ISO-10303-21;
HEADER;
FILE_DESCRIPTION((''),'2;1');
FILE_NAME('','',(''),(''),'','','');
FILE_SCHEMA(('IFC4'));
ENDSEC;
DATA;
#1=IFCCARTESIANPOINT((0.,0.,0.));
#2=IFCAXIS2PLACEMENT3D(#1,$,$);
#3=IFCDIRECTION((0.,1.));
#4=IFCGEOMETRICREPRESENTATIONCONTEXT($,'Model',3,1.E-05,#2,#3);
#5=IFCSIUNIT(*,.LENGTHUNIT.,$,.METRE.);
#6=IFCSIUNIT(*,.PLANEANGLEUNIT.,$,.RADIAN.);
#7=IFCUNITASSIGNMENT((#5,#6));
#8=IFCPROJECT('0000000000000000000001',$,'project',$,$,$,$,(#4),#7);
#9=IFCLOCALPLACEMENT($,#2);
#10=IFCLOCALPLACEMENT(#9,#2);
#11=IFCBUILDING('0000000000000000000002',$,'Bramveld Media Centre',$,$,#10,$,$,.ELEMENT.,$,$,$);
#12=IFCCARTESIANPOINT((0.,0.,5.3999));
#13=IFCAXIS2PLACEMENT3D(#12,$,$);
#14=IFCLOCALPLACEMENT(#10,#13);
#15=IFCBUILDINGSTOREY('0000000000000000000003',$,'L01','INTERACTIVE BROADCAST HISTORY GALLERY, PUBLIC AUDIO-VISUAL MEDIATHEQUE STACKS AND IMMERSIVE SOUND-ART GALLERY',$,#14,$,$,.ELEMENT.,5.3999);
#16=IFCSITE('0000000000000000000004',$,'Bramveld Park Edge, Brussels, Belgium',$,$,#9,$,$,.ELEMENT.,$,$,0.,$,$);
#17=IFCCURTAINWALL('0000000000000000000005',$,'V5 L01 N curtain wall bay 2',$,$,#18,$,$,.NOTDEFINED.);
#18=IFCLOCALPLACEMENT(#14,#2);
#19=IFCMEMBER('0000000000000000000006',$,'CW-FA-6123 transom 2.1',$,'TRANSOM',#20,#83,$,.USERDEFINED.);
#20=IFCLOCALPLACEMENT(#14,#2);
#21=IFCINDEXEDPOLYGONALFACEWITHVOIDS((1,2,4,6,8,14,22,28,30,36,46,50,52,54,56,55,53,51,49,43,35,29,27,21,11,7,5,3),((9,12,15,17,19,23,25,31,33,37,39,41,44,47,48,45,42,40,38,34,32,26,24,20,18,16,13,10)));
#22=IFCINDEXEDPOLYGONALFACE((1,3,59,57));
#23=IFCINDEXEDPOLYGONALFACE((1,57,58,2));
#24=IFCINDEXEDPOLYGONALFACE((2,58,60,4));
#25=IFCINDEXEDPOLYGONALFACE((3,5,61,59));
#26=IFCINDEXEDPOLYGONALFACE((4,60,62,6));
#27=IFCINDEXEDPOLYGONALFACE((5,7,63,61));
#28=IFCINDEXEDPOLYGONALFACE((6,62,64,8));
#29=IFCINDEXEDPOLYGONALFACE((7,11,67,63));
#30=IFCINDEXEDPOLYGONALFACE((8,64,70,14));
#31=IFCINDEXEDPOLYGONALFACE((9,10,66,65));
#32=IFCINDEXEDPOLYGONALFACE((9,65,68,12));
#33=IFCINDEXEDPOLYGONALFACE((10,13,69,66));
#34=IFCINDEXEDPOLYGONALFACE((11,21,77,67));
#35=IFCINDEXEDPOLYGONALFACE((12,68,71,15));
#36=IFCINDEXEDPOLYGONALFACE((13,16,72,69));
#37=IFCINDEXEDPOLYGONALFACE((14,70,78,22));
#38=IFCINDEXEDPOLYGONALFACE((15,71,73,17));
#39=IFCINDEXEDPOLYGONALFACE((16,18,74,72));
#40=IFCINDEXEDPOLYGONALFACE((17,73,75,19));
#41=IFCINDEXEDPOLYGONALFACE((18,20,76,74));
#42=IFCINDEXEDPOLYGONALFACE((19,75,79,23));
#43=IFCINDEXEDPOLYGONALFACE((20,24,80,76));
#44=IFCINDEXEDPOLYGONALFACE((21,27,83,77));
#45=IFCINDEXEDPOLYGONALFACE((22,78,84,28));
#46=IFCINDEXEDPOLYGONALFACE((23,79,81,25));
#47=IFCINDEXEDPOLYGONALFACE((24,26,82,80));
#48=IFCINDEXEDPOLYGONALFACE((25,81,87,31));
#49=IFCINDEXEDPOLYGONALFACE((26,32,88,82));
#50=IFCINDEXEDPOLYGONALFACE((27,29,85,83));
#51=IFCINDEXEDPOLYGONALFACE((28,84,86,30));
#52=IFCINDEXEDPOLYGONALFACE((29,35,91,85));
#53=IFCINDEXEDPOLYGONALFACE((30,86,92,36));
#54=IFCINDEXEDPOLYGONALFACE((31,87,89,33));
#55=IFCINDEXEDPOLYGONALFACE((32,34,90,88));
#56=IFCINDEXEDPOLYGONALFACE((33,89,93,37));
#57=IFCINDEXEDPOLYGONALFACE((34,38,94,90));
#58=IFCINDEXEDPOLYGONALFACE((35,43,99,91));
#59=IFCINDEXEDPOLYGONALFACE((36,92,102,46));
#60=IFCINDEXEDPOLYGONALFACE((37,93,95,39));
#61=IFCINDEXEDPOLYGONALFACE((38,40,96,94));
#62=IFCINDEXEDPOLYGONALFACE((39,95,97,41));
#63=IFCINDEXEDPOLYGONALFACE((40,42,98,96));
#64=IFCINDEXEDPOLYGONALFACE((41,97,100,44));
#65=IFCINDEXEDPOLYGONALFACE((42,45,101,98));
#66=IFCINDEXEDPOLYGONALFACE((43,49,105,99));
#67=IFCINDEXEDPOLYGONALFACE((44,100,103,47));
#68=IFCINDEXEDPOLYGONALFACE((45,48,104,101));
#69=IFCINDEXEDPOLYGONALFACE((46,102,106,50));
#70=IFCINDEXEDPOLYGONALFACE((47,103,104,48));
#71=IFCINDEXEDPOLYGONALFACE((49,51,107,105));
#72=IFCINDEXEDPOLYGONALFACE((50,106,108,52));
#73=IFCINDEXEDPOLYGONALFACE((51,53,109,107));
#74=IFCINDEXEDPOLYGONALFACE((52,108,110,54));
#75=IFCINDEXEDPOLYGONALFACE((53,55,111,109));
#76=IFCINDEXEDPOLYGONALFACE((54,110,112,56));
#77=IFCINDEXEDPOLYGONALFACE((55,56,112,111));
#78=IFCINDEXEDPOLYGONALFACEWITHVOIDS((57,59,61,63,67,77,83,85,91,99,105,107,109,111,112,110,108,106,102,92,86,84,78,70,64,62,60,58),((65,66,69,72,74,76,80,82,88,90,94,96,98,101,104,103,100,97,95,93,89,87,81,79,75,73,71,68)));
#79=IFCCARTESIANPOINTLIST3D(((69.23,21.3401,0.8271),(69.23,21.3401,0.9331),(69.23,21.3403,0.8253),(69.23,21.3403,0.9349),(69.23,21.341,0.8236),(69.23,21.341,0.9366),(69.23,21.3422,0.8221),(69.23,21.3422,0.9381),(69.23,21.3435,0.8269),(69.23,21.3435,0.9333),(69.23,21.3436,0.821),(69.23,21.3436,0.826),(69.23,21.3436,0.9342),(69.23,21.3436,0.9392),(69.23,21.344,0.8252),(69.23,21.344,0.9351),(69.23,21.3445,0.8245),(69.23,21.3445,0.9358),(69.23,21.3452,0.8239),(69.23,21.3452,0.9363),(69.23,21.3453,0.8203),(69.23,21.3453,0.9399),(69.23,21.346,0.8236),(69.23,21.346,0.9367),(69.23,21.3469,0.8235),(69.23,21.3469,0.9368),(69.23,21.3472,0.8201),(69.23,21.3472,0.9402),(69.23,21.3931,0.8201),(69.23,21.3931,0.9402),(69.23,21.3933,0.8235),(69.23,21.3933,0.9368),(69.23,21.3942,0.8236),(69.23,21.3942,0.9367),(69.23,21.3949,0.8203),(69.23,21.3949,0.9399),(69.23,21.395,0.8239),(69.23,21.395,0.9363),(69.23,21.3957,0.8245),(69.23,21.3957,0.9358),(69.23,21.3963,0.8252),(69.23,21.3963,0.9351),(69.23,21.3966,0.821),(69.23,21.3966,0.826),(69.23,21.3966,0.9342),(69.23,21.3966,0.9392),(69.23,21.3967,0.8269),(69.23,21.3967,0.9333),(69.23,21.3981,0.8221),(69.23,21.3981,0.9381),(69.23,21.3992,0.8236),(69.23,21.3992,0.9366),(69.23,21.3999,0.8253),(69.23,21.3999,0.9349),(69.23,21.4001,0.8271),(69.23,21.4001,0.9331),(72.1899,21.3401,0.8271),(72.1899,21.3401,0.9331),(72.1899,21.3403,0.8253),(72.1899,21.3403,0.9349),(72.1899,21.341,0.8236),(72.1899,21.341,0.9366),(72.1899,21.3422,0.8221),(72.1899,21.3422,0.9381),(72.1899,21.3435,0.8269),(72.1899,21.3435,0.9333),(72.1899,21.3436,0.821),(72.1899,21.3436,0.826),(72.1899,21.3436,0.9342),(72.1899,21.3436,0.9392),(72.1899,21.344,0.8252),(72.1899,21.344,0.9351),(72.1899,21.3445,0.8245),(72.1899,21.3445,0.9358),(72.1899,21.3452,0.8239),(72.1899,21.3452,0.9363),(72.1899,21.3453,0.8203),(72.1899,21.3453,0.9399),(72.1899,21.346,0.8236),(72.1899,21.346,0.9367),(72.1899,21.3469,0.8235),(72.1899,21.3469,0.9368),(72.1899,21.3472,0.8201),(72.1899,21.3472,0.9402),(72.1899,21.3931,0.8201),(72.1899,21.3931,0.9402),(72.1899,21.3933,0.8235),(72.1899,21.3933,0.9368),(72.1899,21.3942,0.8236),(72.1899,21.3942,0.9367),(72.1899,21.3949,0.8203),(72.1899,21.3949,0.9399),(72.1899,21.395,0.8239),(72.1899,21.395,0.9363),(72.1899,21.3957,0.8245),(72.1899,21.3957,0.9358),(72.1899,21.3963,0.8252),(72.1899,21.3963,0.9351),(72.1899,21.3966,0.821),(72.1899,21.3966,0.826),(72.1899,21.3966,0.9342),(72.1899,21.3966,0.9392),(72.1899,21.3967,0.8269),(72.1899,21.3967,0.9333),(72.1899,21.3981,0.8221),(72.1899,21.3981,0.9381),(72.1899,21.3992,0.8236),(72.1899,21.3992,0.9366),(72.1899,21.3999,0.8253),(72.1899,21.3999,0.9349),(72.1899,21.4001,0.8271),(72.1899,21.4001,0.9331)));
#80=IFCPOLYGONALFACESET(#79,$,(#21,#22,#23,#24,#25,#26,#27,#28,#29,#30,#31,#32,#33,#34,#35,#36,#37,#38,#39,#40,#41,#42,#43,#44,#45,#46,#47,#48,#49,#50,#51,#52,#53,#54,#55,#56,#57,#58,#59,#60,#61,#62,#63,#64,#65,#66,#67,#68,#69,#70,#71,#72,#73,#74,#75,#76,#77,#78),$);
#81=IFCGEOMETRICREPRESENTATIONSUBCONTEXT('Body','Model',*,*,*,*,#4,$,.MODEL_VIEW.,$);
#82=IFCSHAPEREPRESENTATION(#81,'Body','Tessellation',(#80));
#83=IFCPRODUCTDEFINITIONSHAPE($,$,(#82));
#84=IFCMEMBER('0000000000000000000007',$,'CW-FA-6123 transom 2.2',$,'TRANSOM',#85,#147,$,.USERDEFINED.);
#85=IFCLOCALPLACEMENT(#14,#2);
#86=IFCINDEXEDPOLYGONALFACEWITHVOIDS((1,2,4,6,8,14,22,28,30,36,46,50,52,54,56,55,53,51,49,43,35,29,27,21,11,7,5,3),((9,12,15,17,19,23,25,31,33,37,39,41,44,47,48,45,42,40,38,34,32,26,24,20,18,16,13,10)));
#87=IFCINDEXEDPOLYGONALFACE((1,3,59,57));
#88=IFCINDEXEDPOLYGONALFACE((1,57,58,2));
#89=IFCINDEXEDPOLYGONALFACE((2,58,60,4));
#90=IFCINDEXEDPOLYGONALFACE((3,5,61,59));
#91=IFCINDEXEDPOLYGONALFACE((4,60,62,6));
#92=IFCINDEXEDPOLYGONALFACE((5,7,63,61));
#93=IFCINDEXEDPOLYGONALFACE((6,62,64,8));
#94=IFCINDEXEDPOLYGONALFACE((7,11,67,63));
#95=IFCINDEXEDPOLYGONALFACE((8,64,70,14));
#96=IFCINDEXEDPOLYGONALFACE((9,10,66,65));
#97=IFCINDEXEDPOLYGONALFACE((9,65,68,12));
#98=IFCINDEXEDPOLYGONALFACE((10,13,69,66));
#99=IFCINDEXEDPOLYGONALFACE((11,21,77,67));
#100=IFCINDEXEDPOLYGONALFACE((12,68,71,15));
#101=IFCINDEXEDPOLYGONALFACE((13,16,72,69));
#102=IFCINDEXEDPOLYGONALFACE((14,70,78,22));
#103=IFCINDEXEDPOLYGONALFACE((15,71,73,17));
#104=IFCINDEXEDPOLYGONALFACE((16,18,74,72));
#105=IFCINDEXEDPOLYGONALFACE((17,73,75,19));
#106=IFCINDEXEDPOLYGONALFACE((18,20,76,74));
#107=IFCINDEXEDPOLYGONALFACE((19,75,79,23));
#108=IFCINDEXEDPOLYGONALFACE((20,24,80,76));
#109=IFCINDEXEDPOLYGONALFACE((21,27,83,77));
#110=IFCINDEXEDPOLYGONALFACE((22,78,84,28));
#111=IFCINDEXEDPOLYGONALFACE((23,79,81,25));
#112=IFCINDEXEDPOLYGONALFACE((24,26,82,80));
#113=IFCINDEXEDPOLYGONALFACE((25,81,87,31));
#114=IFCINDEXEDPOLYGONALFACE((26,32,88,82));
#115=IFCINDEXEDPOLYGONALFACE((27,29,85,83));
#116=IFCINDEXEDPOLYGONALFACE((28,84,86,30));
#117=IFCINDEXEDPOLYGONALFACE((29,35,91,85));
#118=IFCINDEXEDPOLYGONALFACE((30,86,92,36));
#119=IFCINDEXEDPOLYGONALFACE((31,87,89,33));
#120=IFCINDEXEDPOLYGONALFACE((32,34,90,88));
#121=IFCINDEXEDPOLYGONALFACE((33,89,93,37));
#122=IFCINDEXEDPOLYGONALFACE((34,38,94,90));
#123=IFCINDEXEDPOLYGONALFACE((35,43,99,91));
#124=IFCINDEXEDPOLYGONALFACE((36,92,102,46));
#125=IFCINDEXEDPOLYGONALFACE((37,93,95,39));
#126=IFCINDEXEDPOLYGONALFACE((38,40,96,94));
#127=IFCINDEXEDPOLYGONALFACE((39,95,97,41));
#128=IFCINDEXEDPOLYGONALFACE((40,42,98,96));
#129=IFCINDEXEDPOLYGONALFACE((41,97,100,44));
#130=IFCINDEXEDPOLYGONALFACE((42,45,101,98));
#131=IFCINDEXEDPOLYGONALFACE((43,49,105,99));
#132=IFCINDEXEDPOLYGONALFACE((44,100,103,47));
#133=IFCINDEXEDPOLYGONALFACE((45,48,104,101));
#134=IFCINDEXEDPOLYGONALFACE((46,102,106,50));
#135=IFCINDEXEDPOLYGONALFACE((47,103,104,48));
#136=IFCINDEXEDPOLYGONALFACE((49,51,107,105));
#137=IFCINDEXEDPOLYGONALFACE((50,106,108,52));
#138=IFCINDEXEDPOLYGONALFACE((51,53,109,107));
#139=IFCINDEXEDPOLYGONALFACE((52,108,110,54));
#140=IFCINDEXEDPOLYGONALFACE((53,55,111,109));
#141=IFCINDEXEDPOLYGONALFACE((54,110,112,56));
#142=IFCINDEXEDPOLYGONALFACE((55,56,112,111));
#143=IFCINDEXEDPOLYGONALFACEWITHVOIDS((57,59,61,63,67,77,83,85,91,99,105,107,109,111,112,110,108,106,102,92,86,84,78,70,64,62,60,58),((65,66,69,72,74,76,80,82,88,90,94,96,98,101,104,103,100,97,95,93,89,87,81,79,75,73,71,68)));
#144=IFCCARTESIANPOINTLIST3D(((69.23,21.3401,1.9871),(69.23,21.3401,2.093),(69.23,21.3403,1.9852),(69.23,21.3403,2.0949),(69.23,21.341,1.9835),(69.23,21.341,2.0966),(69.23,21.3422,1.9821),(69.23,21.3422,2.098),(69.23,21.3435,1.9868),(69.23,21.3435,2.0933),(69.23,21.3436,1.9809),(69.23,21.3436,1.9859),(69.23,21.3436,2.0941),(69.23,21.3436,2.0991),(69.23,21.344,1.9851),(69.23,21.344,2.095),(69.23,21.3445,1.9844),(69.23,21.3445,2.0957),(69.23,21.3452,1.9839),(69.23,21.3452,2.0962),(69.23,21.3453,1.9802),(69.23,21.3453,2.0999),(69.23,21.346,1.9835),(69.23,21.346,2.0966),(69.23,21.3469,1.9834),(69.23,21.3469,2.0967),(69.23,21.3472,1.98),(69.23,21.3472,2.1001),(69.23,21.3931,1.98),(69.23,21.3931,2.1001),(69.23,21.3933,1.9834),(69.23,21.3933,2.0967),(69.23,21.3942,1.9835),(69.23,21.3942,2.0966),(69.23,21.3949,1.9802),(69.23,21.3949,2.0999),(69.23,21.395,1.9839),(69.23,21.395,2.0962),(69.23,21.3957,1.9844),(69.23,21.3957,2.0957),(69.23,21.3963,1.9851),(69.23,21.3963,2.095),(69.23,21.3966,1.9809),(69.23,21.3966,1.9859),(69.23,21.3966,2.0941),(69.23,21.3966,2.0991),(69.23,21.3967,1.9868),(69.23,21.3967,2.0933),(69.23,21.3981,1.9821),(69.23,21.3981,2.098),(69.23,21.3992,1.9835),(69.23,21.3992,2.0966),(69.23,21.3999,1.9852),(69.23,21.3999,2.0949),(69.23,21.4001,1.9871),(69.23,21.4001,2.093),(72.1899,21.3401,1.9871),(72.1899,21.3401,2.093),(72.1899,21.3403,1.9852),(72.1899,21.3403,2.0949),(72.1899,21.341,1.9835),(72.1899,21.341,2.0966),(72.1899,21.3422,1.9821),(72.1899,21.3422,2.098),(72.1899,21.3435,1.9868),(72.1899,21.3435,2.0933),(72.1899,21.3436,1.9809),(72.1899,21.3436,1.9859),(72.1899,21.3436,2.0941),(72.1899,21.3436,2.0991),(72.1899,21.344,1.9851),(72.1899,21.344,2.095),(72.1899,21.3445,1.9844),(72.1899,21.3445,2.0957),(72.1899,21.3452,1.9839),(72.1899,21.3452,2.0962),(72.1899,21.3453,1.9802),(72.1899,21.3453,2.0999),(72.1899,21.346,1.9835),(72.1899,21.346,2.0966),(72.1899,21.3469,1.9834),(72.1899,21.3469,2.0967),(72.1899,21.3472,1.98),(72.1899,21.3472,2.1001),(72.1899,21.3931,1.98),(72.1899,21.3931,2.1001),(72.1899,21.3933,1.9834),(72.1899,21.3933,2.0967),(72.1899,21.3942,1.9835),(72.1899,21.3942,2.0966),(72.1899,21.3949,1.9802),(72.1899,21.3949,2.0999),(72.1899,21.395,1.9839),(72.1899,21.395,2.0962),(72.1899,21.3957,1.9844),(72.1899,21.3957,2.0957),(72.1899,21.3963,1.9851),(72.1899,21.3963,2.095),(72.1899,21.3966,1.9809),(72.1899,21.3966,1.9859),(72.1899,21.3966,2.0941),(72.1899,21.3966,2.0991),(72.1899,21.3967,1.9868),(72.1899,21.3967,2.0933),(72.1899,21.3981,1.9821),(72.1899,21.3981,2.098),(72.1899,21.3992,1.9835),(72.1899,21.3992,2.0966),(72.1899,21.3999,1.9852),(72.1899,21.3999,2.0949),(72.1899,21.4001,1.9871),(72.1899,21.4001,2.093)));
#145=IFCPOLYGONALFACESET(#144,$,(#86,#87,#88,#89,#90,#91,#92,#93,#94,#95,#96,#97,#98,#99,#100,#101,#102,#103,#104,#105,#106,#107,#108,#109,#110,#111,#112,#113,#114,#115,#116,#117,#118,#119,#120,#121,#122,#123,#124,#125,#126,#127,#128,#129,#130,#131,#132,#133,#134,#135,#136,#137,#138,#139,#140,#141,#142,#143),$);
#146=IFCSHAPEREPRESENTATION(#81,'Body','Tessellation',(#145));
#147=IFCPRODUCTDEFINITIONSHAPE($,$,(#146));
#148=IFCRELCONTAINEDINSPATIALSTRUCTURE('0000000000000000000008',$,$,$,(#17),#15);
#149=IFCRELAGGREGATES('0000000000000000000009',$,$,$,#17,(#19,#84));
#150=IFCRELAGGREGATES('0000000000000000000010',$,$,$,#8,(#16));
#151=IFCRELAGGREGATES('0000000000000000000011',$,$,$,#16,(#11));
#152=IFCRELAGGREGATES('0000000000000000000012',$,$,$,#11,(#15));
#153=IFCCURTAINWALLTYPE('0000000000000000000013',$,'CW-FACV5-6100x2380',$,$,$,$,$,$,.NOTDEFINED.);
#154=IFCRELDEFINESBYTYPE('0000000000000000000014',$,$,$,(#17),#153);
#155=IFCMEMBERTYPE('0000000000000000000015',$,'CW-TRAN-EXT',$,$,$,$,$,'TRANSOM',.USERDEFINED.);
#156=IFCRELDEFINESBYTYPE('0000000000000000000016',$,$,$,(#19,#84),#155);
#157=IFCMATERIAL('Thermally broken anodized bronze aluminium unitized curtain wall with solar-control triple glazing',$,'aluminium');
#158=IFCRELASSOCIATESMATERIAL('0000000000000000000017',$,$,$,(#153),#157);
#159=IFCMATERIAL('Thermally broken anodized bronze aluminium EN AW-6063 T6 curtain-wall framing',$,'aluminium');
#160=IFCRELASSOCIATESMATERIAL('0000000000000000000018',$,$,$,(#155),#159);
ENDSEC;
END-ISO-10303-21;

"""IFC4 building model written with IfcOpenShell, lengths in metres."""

from ifc_helpers import new_model, si_unit, direction, frame, origin, origin_2d, place, context, subcontext, project, spatial, hollow_rectangle, extrude, material, material_profile, profile_set, type_object, element, aggregate, save


model = new_model("IFC4")

# Units and contexts
model_context = context("Model", 3, precision=1e-05, world=origin(), true_north=direction((0.0, 1.0)))
body_context = subcontext(model_context, "Body", "Model", "MODEL_VIEW")
ifc_project = project(units=[si_unit("LENGTHUNIT", "METRE"), si_unit("PLANEANGLEUNIT", "RADIAN")], contexts=[model_context])

# Site, building, storey
site_placement = place(None, origin())
site = spatial("IfcSite", under=ifc_project, at=site_placement, Name="Bramveld Park Edge, Brussels, Belgium", CompositionType="ELEMENT", RefElevation=0.0)
building_placement = place(site_placement, origin())
building = spatial("IfcBuilding", under=site, at=building_placement, Name="Bramveld Media Centre", CompositionType="ELEMENT")
storey_placement = place(building_placement, frame((0.0, 0.0, 5.3999)))
storey = spatial("IfcBuildingStorey", under=building, at=storey_placement, Name="L01", Description="INTERACTIVE BROADCAST HISTORY GALLERY, PUBLIC AUDIO-VISUAL MEDIATHEQUE STACKS AND IMMERSIVE SOUND-ART GALLERY", CompositionType="ELEMENT", Elevation=5.3999)

# Curtain wall
ifc_material_1 = material(Name="Thermally broken anodized bronze aluminium unitized curtain wall with solar-control triple glazing", Category="aluminium")
curtain_wall_type = type_object("IfcCurtainWallType", Name="CW-FACV5-6100x2380", PredefinedType="NOTDEFINED", material=ifc_material_1)
curtain_wall_1_placement = place(storey_placement, origin())
curtain_wall_1 = element("IfcCurtainWall", 1, at=curtain_wall_1_placement, inside=storey, type_object=curtain_wall_type, Name="V5 L01 N curtain wall bay 2", PredefinedType="NOTDEFINED")

# Members
ifc_material_2 = material(Name="Thermally broken anodized bronze aluminium EN AW-6063 T6 curtain-wall framing", Category="aluminium")
ifc_material_profile_1 = material_profile(ifc_material_2, hollow_rectangle(XDim=0.0601, YDim=0.1201, WallThickness=0.0034, InnerFilletRadius=0.0034, OuterFilletRadius=0.0071, at=origin_2d()), Name="AL-TRAN 60x120")
ifc_profile_set_1 = profile_set([ifc_material_profile_1], Name="Thermally broken anodized bronze aluminium EN AW-6063 T6 curtain-wall framing")
member_type_1 = type_object("IfcMemberType", Name="CW-TRAN-EXT", ElementType="TRANSOM", PredefinedType="USERDEFINED", material=ifc_profile_set_1)
member_1_placement = place(storey_placement, frame((69.23, 21.3701, 0.8801), z_axis=(1.0, 0.0, 0.0), x_axis=(0.0, 1.0, 0.0)))
member_1 = element("IfcMember", 2, at=member_1_placement, type_object=member_type_1, Name="CW-FA-6123 transom 2.1", ObjectType="TRANSOM", PredefinedType="USERDEFINED", context=body_context, shape_type="SweptSolid", body=[
    extrude(hollow_rectangle(XDim=0.0601, YDim=0.1201, WallThickness=0.0034, InnerFilletRadius=0.0034, OuterFilletRadius=0.0071, at=origin_2d()), origin(), (0.0, 0.0, 1.0), 2.96),
])
member_2_placement = place(storey_placement, frame((69.23, 21.3701, 2.04), z_axis=(1.0, 0.0, 0.0), x_axis=(0.0, 1.0, 0.0)))
member_2 = element("IfcMember", 3, at=member_2_placement, type_object=member_type_1, Name="CW-FA-6123 transom 2.2", ObjectType="TRANSOM", PredefinedType="USERDEFINED", context=body_context, shape_type="SweptSolid", body=[
    extrude(hollow_rectangle(XDim=0.0601, YDim=0.1201, WallThickness=0.0034, InnerFilletRadius=0.0034, OuterFilletRadius=0.0071, at=origin_2d()), origin(), (0.0, 0.0, 1.0), 2.96),
])

aggregate(curtain_wall_1, [member_1, member_2])

save(model, "model.ifc")
